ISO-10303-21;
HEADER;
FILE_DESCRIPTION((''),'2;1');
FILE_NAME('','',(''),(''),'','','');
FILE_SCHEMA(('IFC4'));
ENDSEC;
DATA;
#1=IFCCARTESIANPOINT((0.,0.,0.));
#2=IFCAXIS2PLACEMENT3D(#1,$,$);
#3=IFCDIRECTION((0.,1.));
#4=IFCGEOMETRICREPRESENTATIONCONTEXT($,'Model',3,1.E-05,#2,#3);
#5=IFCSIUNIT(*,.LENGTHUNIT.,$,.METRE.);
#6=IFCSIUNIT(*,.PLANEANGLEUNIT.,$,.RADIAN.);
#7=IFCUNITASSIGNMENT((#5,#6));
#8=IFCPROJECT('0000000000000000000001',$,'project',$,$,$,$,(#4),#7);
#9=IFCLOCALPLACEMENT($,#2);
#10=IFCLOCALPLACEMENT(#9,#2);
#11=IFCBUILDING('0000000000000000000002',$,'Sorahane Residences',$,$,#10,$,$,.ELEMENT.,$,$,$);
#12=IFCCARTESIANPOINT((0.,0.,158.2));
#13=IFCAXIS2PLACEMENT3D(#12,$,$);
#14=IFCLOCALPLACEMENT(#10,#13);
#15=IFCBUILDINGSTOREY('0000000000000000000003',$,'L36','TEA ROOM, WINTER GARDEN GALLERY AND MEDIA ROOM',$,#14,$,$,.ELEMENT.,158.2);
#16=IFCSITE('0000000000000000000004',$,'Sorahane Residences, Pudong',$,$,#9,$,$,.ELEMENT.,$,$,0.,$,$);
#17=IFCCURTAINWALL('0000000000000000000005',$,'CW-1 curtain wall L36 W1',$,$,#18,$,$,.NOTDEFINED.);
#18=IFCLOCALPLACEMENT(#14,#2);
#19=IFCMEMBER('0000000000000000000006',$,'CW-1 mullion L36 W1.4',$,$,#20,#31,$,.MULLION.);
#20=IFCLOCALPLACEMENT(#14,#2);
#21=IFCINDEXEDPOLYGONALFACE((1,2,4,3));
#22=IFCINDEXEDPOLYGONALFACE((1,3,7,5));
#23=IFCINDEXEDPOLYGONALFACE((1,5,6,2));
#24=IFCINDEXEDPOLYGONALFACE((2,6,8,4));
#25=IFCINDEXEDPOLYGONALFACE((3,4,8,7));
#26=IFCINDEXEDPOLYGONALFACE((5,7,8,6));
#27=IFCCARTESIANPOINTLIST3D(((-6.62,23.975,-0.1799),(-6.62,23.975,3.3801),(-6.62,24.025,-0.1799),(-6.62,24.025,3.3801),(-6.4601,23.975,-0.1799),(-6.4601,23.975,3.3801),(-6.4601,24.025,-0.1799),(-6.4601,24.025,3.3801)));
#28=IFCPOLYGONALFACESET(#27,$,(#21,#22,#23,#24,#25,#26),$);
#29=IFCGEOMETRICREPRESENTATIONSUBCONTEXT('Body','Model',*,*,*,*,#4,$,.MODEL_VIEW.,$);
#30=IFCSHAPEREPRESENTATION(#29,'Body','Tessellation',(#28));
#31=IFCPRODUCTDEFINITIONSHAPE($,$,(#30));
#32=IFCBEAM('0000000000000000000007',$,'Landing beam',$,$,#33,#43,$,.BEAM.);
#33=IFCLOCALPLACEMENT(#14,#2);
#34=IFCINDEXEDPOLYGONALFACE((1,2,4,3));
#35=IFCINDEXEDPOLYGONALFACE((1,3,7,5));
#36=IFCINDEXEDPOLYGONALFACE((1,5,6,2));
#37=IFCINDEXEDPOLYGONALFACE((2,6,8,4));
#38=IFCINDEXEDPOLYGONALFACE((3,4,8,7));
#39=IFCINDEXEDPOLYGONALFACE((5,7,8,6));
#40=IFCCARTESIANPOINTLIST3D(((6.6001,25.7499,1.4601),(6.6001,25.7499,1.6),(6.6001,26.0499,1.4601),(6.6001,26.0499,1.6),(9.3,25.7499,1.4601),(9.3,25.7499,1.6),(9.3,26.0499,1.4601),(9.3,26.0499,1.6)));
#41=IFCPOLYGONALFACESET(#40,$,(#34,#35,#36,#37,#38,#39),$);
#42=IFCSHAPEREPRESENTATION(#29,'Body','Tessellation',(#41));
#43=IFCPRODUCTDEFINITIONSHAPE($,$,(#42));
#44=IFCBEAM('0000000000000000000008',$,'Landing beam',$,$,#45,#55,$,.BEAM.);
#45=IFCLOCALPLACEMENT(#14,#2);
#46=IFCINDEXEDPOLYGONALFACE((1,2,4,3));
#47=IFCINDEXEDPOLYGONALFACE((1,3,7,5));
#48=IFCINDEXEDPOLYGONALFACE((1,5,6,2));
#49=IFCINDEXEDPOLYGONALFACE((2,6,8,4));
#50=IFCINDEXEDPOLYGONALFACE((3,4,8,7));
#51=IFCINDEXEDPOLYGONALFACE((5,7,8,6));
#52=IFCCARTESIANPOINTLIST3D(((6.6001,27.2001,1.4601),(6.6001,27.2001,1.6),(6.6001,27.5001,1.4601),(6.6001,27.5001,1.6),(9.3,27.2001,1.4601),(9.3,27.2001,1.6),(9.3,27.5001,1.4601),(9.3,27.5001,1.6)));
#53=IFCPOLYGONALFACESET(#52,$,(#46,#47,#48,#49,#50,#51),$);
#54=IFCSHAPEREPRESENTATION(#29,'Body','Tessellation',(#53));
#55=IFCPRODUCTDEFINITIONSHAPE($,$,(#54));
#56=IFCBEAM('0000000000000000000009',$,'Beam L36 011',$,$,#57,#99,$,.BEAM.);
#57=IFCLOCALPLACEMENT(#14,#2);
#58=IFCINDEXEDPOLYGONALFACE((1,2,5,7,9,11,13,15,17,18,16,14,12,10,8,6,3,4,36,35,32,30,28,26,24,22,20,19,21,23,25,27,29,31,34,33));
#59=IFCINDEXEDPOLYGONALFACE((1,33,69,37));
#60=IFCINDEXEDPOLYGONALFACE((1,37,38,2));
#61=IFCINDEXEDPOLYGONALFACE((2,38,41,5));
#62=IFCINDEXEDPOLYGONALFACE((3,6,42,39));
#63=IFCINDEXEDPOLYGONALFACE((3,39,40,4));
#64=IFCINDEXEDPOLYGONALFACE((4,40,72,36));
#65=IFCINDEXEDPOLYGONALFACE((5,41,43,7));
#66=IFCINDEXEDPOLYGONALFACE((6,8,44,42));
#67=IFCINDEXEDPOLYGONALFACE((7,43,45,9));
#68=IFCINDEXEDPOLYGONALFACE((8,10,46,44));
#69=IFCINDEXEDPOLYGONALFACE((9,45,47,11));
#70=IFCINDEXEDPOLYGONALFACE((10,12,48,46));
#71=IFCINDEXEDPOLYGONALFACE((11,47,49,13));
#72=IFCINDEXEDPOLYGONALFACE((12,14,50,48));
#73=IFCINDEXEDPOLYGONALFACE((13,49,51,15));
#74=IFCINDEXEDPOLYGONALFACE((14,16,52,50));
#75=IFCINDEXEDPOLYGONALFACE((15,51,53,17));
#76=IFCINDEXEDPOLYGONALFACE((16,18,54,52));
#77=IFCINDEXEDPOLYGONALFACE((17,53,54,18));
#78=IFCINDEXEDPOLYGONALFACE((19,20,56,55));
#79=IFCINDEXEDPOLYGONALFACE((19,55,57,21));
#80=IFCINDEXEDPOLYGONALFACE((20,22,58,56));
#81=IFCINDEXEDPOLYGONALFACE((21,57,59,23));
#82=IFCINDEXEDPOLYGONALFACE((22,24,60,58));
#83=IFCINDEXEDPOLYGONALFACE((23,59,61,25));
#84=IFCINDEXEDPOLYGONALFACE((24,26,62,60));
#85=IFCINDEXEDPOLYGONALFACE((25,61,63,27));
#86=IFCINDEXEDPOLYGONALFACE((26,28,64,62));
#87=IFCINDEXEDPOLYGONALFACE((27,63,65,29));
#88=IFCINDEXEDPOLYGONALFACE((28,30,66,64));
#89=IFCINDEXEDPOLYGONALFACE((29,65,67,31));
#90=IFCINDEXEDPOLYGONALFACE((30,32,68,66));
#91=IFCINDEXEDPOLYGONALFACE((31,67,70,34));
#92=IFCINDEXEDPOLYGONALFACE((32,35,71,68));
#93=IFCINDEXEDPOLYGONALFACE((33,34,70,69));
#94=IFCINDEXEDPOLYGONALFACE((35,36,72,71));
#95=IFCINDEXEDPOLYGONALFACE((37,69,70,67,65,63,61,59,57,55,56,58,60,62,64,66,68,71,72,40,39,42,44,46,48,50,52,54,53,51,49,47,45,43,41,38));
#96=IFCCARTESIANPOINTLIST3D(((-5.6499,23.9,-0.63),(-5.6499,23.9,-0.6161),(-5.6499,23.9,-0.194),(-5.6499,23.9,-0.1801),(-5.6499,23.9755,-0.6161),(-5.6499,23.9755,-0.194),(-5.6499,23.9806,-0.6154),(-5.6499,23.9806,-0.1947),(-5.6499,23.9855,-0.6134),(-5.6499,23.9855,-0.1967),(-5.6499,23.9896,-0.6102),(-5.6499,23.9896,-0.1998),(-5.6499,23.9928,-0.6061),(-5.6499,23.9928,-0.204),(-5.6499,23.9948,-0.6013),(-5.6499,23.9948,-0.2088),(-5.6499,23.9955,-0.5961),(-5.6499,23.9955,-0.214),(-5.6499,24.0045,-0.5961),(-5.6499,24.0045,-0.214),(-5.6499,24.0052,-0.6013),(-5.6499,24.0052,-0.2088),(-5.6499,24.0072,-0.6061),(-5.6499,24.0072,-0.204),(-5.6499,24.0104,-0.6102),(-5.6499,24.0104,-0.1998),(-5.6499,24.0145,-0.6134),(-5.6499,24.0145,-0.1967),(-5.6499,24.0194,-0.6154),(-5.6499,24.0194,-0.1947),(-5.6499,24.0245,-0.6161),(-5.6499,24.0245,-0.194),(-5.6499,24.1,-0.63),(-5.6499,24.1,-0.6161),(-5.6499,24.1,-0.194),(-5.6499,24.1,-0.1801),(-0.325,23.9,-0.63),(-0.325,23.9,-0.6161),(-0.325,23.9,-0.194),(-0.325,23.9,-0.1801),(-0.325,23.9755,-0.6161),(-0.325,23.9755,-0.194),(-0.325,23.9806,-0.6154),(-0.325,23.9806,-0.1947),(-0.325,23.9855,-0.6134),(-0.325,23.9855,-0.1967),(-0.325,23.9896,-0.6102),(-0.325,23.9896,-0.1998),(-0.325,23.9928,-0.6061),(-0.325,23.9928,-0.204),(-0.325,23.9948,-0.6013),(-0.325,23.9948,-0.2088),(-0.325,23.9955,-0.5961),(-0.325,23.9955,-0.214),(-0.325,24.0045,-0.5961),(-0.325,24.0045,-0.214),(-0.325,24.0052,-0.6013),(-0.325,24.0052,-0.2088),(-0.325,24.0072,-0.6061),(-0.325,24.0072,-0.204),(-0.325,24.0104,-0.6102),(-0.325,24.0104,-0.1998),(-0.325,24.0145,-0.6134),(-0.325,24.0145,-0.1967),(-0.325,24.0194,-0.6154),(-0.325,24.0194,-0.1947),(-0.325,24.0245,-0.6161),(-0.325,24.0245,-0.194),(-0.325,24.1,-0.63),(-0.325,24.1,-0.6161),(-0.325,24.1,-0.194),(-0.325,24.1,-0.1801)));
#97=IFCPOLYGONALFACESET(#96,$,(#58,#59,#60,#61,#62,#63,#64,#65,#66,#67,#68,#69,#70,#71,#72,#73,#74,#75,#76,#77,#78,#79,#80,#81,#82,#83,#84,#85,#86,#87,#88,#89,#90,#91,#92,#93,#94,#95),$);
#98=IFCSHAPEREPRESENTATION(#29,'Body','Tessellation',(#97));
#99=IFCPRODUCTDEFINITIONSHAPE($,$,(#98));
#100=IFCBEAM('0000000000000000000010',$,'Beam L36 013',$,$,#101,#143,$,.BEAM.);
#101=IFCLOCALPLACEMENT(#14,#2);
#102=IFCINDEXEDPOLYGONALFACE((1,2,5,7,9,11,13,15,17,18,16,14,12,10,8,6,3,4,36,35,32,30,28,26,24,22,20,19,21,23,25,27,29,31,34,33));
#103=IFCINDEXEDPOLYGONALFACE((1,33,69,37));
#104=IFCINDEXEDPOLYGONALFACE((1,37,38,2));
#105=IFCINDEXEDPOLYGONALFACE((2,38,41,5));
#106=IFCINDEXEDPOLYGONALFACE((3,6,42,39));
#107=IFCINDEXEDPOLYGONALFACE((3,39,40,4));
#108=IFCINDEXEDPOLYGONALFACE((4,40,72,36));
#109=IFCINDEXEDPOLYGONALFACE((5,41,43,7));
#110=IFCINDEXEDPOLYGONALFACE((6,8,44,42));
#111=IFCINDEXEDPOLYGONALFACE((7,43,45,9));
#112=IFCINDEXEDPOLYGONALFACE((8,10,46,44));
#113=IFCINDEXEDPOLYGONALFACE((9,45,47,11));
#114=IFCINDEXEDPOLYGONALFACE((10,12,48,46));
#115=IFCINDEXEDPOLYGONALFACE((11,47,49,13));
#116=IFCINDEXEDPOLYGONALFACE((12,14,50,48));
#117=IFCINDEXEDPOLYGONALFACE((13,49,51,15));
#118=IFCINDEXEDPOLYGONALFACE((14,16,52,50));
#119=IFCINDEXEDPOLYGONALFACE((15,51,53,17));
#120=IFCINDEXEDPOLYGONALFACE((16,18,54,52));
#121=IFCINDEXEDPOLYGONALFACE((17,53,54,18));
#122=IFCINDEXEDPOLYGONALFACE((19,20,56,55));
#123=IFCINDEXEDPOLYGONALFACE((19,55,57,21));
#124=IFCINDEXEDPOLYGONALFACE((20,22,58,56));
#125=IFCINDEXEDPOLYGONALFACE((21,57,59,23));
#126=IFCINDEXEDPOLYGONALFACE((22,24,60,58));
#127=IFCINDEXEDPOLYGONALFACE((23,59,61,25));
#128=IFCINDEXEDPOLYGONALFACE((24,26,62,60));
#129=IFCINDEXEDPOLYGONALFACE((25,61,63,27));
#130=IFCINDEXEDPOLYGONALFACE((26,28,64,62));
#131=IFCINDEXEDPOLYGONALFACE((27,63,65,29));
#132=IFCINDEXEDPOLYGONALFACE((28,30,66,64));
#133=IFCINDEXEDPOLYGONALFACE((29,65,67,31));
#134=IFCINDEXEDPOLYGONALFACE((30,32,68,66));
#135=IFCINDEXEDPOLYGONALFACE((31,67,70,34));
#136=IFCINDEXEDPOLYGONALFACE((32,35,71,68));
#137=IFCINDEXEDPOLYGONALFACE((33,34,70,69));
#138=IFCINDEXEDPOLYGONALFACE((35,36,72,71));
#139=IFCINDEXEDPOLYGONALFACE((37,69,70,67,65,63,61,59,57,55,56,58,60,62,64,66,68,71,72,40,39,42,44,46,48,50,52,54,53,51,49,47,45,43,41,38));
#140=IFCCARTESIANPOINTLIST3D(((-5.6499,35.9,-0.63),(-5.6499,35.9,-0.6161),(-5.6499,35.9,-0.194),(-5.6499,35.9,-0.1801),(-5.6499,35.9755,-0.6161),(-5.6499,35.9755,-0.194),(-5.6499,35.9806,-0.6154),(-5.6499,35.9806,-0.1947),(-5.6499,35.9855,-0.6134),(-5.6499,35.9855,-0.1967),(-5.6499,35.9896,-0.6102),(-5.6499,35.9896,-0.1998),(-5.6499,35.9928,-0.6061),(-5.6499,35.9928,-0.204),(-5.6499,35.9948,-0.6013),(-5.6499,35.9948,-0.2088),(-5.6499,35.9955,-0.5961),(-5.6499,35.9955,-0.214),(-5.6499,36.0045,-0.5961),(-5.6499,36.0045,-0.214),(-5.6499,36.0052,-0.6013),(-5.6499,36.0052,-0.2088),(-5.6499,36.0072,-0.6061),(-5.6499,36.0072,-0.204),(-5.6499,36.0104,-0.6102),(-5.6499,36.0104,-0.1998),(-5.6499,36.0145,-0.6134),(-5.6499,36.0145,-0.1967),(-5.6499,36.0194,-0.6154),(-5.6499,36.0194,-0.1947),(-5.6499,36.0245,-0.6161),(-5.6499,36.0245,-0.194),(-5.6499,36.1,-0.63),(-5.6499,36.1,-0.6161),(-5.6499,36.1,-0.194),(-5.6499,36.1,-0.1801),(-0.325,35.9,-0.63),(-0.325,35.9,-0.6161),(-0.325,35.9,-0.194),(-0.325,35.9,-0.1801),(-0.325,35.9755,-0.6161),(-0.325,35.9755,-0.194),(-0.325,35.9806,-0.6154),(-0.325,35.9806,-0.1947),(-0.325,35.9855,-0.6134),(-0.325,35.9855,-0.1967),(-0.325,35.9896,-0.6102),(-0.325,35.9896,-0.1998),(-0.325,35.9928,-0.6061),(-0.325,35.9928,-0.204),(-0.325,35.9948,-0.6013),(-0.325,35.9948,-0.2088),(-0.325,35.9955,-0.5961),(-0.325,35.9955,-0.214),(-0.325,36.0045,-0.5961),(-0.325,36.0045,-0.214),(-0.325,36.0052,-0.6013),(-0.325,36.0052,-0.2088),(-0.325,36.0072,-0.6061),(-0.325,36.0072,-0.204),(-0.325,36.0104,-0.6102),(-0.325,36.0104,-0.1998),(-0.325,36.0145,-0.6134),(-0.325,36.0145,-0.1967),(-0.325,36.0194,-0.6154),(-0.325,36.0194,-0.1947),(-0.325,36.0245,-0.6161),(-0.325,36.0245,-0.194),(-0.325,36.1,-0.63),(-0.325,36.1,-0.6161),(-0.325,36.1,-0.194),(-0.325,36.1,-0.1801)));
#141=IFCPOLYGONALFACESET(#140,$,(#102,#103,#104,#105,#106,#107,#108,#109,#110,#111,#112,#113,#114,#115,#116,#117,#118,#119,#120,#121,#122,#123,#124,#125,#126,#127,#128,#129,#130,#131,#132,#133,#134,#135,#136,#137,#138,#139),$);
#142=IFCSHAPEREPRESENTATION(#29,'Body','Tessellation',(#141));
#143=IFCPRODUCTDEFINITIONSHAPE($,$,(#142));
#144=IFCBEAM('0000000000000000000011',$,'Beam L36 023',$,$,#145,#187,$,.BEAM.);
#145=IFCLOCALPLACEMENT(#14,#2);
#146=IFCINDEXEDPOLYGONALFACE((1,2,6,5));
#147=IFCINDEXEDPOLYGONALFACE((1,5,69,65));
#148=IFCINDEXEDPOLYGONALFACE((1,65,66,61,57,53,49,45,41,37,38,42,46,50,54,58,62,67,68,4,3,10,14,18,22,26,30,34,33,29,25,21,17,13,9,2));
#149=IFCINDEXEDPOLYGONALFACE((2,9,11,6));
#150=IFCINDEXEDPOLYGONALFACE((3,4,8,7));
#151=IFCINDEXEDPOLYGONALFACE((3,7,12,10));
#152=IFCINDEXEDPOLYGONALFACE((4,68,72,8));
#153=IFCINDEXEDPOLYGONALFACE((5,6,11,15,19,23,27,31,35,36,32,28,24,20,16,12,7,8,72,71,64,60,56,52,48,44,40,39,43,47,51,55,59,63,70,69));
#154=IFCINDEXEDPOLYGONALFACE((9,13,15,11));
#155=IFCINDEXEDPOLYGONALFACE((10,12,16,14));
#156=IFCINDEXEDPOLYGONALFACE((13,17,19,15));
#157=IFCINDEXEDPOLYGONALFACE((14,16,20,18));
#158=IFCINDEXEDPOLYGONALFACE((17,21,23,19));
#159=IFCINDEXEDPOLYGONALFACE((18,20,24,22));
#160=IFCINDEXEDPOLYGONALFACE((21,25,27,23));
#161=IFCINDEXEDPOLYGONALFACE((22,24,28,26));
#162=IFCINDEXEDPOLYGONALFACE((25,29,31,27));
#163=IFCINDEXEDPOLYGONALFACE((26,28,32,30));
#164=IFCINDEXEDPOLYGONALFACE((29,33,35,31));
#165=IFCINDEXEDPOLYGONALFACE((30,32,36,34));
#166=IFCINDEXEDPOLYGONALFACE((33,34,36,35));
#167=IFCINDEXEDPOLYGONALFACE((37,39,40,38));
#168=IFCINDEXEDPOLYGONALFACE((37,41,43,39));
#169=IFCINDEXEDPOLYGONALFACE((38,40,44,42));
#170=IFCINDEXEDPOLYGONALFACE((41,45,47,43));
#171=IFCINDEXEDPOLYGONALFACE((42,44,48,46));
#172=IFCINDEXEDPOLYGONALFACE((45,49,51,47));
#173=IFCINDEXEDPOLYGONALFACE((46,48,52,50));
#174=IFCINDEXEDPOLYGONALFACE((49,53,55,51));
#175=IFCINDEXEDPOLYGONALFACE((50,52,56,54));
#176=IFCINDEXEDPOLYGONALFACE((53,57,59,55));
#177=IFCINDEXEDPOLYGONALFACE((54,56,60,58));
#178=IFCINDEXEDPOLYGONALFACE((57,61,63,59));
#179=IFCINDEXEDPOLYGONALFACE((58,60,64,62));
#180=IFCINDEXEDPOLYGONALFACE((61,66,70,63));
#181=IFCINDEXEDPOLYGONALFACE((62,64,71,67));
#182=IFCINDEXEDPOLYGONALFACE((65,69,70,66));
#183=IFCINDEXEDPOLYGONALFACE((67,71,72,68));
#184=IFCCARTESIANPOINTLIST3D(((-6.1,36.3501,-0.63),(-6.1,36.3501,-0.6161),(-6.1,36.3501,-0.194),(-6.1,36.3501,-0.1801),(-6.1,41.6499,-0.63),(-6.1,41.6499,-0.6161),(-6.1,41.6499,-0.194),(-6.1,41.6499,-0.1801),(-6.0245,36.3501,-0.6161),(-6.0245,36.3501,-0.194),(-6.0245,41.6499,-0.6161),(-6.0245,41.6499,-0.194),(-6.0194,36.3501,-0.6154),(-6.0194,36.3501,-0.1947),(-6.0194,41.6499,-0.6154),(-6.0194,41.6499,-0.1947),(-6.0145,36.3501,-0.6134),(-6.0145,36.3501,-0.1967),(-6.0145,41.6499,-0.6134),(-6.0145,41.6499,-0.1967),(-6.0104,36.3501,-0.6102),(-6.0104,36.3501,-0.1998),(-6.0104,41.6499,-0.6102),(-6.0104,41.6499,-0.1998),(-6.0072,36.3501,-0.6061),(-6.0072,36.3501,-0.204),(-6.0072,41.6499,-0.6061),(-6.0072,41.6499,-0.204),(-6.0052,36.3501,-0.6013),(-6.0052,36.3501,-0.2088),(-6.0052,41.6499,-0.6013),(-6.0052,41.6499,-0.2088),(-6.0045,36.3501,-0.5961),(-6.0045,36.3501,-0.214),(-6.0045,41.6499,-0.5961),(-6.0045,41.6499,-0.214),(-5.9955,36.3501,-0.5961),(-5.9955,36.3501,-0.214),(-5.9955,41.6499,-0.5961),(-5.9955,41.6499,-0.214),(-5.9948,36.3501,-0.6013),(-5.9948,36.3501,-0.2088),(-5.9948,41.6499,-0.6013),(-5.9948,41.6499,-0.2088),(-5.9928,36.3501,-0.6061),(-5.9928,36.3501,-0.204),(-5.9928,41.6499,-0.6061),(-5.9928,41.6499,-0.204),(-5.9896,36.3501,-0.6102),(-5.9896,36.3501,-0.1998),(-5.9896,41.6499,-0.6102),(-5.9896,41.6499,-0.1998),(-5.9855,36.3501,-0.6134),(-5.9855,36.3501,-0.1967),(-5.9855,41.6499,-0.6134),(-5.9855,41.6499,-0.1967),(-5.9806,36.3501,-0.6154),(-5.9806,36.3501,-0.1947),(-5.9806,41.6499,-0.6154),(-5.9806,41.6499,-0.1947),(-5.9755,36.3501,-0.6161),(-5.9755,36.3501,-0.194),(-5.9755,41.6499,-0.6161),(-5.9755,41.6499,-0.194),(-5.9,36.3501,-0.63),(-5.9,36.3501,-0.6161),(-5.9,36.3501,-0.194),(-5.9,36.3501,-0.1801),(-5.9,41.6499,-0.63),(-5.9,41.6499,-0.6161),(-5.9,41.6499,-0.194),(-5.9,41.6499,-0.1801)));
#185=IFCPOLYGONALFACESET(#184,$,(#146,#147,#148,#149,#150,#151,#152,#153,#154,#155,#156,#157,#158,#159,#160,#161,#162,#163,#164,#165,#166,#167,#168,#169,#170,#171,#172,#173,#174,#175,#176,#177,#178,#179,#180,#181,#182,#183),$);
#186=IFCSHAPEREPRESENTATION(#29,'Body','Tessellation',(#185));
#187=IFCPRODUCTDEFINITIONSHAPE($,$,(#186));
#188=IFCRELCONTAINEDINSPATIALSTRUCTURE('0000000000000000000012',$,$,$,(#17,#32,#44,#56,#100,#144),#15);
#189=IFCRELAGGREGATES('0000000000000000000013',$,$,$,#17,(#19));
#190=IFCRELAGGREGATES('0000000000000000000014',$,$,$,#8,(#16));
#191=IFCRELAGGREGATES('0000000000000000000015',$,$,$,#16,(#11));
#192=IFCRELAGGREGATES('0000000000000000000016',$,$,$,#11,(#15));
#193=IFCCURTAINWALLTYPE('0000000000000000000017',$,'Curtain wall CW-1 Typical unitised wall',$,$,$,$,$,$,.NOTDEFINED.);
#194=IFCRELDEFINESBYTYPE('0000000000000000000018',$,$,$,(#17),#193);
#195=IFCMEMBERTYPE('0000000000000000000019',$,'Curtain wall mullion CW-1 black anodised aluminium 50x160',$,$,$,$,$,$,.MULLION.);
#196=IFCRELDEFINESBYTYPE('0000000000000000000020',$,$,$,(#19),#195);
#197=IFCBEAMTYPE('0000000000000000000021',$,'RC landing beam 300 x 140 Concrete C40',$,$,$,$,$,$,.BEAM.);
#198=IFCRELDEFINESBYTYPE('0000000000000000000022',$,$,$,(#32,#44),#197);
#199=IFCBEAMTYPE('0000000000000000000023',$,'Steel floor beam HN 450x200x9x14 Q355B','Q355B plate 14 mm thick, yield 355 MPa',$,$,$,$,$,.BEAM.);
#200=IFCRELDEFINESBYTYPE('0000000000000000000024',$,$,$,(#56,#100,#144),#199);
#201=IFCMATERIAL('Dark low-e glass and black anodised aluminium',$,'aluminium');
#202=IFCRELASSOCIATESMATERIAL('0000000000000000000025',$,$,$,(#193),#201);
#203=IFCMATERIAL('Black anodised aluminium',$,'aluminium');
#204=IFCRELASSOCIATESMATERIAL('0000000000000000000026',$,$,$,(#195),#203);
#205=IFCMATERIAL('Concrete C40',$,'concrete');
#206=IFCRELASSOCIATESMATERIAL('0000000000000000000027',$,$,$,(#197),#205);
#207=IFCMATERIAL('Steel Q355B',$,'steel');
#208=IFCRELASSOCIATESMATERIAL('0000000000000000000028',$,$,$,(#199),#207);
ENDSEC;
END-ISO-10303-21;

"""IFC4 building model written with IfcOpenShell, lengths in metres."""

from ifc_helpers import new_model, si_unit, direction, frame, origin, origin_2d, place, context, subcontext, project, spatial, rectangle, i_section, extrude, material, material_profile, profile_set, type_object, element, aggregate, save


model = new_model("IFC4")

# Units and contexts
model_context = context("Model", 3, precision=1e-05, world=origin(), true_north=direction((0.0, 1.0)))
body_context = subcontext(model_context, "Body", "Model", "MODEL_VIEW")
ifc_project = project(units=[si_unit("LENGTHUNIT", "METRE"), si_unit("PLANEANGLEUNIT", "RADIAN")], contexts=[model_context])

# Site, building, storey
site_placement = place(None, origin())
site = spatial("IfcSite", under=ifc_project, at=site_placement, Name="Sorahane Residences, Pudong", CompositionType="ELEMENT", RefElevation=0.0)
building_placement = place(site_placement, origin())
building = spatial("IfcBuilding", under=site, at=building_placement, Name="Sorahane Residences", CompositionType="ELEMENT")
storey_placement = place(building_placement, frame((0.0, 0.0, 158.2)))
storey = spatial("IfcBuildingStorey", under=building, at=storey_placement, Name="L36", Description="TEA ROOM, WINTER GARDEN GALLERY AND MEDIA ROOM", CompositionType="ELEMENT", Elevation=158.2)

# Curtain wall, member
ifc_material_1 = material(Name="Dark low-e glass and black anodised aluminium", Category="aluminium")
curtain_wall_type = type_object("IfcCurtainWallType", Name="Curtain wall CW-1 Typical unitised wall", PredefinedType="NOTDEFINED", material=ifc_material_1)
curtain_wall_placement = place(storey_placement, origin())
curtain_wall = element("IfcCurtainWall", 1, at=curtain_wall_placement, inside=storey, type_object=curtain_wall_type, Name="CW-1 curtain wall L36 W1", PredefinedType="NOTDEFINED")
ifc_material_2 = material(Name="Black anodised aluminium", Category="aluminium")
ifc_material_profile_1 = material_profile(ifc_material_2, rectangle(XDim=0.1599, YDim=0.05, at=origin_2d()), Name="Curtain wall mullion CW-1 black anodised aluminium 50x160")
ifc_profile_set_1 = profile_set([ifc_material_profile_1], Name="Black anodised aluminium")
member_type_1 = type_object("IfcMemberType", Name="Curtain wall mullion CW-1 black anodised aluminium 50x160", PredefinedType="MULLION", material=ifc_profile_set_1)
member_1_placement = place(storey_placement, frame((-6.54, 24.0, -0.1799), z_axis=(0.0, 0.0, 1.0), x_axis=(-1.0, 0.0, 0.0)))
member_1 = element("IfcMember", 2, at=member_1_placement, type_object=member_type_1, Name="CW-1 mullion L36 W1.4", PredefinedType="MULLION", context=body_context, shape_type="SweptSolid", body=[
    extrude(rectangle(XDim=0.1599, YDim=0.05, at=origin_2d()), origin(), (0.0, 0.0, 1.0), 3.5601),
])

# Beams
ifc_material_3 = material(Name="Concrete C40", Category="concrete")
ifc_material_profile_2 = material_profile(ifc_material_3, rectangle(XDim=0.3, YDim=0.1399, at=origin_2d()), Name="300x140")
ifc_profile_set_2 = profile_set([ifc_material_profile_2], Name="Concrete C40")
beam_type_1 = type_object("IfcBeamType", Name="RC landing beam 300 x 140 Concrete C40", PredefinedType="BEAM", material=ifc_profile_set_2)
for number, where, z_axis, x_axis, name in (
    (3, (6.6001, 25.8999, 1.53), (1.0, 0.0, 0.0), (0.0, 1.0, 0.0), "Landing beam"),
    (4, (6.6001, 27.3501, 1.53), (1.0, 0.0, 0.0), (0.0, 1.0, 0.0), "Landing beam"),
):
    element("IfcBeam", number, at=place(storey_placement, frame(where, z_axis=z_axis, x_axis=x_axis)), inside=storey, type_object=beam_type_1, Name=name, PredefinedType="BEAM", context=body_context, shape_type="SweptSolid", body=[
        extrude(rectangle(XDim=0.3, YDim=0.1399, at=origin_2d()), origin(), (0.0, 0.0, 1.0), 2.7),
    ])
ifc_material_4 = material(Name="Steel Q355B", Category="steel")
ifc_material_profile_3 = material_profile(ifc_material_4, i_section(OverallWidth=0.2, OverallDepth=0.45, WebThickness=0.009, FlangeThickness=0.0139, FilletRadius=0.02, at=origin_2d()), Name="HN 450x200x9x14")
ifc_profile_set_3 = profile_set([ifc_material_profile_3], Name="Steel Q355B")
beam_type_2 = type_object("IfcBeamType", Name="Steel floor beam HN 450x200x9x14 Q355B", Description="Q355B plate 14 mm thick, yield 355 MPa", PredefinedType="BEAM", material=ifc_profile_set_3)
for number, where, z_axis, x_axis, name in (
    (5, (-5.6499, 24.0, -0.405), (1.0, 0.0, 0.0), (0.0, 1.0, 0.0), "Beam L36 011"),
    (6, (-5.6499, 36.0, -0.405), (1.0, 0.0, 0.0), (0.0, 1.0, 0.0), "Beam L36 013"),
):
    element("IfcBeam", number, at=place(storey_placement, frame(where, z_axis=z_axis, x_axis=x_axis)), inside=storey, type_object=beam_type_2, Name=name, PredefinedType="BEAM", context=body_context, shape_type="SweptSolid", body=[
        extrude(i_section(OverallWidth=0.2, OverallDepth=0.45, WebThickness=0.009, FlangeThickness=0.0139, FilletRadius=0.02, at=origin_2d()), origin(), (0.0, 0.0, 1.0), 5.325),
    ])
beam_1_placement = place(storey_placement, frame((-6.0, 36.3501, -0.405), z_axis=(0.0, 1.0, 0.0), x_axis=(-1.0, 0.0, 0.0)))
element("IfcBeam", 7, at=beam_1_placement, inside=storey, type_object=beam_type_2, Name="Beam L36 023", PredefinedType="BEAM", context=body_context, shape_type="SweptSolid", body=[
    extrude(i_section(OverallWidth=0.2, OverallDepth=0.45, WebThickness=0.009, FlangeThickness=0.0139, FilletRadius=0.02, at=origin_2d()), origin(), (0.0, 0.0, 1.0), 5.2998),
])

aggregate(curtain_wall, [member_1])

save(model, "model.ifc")
